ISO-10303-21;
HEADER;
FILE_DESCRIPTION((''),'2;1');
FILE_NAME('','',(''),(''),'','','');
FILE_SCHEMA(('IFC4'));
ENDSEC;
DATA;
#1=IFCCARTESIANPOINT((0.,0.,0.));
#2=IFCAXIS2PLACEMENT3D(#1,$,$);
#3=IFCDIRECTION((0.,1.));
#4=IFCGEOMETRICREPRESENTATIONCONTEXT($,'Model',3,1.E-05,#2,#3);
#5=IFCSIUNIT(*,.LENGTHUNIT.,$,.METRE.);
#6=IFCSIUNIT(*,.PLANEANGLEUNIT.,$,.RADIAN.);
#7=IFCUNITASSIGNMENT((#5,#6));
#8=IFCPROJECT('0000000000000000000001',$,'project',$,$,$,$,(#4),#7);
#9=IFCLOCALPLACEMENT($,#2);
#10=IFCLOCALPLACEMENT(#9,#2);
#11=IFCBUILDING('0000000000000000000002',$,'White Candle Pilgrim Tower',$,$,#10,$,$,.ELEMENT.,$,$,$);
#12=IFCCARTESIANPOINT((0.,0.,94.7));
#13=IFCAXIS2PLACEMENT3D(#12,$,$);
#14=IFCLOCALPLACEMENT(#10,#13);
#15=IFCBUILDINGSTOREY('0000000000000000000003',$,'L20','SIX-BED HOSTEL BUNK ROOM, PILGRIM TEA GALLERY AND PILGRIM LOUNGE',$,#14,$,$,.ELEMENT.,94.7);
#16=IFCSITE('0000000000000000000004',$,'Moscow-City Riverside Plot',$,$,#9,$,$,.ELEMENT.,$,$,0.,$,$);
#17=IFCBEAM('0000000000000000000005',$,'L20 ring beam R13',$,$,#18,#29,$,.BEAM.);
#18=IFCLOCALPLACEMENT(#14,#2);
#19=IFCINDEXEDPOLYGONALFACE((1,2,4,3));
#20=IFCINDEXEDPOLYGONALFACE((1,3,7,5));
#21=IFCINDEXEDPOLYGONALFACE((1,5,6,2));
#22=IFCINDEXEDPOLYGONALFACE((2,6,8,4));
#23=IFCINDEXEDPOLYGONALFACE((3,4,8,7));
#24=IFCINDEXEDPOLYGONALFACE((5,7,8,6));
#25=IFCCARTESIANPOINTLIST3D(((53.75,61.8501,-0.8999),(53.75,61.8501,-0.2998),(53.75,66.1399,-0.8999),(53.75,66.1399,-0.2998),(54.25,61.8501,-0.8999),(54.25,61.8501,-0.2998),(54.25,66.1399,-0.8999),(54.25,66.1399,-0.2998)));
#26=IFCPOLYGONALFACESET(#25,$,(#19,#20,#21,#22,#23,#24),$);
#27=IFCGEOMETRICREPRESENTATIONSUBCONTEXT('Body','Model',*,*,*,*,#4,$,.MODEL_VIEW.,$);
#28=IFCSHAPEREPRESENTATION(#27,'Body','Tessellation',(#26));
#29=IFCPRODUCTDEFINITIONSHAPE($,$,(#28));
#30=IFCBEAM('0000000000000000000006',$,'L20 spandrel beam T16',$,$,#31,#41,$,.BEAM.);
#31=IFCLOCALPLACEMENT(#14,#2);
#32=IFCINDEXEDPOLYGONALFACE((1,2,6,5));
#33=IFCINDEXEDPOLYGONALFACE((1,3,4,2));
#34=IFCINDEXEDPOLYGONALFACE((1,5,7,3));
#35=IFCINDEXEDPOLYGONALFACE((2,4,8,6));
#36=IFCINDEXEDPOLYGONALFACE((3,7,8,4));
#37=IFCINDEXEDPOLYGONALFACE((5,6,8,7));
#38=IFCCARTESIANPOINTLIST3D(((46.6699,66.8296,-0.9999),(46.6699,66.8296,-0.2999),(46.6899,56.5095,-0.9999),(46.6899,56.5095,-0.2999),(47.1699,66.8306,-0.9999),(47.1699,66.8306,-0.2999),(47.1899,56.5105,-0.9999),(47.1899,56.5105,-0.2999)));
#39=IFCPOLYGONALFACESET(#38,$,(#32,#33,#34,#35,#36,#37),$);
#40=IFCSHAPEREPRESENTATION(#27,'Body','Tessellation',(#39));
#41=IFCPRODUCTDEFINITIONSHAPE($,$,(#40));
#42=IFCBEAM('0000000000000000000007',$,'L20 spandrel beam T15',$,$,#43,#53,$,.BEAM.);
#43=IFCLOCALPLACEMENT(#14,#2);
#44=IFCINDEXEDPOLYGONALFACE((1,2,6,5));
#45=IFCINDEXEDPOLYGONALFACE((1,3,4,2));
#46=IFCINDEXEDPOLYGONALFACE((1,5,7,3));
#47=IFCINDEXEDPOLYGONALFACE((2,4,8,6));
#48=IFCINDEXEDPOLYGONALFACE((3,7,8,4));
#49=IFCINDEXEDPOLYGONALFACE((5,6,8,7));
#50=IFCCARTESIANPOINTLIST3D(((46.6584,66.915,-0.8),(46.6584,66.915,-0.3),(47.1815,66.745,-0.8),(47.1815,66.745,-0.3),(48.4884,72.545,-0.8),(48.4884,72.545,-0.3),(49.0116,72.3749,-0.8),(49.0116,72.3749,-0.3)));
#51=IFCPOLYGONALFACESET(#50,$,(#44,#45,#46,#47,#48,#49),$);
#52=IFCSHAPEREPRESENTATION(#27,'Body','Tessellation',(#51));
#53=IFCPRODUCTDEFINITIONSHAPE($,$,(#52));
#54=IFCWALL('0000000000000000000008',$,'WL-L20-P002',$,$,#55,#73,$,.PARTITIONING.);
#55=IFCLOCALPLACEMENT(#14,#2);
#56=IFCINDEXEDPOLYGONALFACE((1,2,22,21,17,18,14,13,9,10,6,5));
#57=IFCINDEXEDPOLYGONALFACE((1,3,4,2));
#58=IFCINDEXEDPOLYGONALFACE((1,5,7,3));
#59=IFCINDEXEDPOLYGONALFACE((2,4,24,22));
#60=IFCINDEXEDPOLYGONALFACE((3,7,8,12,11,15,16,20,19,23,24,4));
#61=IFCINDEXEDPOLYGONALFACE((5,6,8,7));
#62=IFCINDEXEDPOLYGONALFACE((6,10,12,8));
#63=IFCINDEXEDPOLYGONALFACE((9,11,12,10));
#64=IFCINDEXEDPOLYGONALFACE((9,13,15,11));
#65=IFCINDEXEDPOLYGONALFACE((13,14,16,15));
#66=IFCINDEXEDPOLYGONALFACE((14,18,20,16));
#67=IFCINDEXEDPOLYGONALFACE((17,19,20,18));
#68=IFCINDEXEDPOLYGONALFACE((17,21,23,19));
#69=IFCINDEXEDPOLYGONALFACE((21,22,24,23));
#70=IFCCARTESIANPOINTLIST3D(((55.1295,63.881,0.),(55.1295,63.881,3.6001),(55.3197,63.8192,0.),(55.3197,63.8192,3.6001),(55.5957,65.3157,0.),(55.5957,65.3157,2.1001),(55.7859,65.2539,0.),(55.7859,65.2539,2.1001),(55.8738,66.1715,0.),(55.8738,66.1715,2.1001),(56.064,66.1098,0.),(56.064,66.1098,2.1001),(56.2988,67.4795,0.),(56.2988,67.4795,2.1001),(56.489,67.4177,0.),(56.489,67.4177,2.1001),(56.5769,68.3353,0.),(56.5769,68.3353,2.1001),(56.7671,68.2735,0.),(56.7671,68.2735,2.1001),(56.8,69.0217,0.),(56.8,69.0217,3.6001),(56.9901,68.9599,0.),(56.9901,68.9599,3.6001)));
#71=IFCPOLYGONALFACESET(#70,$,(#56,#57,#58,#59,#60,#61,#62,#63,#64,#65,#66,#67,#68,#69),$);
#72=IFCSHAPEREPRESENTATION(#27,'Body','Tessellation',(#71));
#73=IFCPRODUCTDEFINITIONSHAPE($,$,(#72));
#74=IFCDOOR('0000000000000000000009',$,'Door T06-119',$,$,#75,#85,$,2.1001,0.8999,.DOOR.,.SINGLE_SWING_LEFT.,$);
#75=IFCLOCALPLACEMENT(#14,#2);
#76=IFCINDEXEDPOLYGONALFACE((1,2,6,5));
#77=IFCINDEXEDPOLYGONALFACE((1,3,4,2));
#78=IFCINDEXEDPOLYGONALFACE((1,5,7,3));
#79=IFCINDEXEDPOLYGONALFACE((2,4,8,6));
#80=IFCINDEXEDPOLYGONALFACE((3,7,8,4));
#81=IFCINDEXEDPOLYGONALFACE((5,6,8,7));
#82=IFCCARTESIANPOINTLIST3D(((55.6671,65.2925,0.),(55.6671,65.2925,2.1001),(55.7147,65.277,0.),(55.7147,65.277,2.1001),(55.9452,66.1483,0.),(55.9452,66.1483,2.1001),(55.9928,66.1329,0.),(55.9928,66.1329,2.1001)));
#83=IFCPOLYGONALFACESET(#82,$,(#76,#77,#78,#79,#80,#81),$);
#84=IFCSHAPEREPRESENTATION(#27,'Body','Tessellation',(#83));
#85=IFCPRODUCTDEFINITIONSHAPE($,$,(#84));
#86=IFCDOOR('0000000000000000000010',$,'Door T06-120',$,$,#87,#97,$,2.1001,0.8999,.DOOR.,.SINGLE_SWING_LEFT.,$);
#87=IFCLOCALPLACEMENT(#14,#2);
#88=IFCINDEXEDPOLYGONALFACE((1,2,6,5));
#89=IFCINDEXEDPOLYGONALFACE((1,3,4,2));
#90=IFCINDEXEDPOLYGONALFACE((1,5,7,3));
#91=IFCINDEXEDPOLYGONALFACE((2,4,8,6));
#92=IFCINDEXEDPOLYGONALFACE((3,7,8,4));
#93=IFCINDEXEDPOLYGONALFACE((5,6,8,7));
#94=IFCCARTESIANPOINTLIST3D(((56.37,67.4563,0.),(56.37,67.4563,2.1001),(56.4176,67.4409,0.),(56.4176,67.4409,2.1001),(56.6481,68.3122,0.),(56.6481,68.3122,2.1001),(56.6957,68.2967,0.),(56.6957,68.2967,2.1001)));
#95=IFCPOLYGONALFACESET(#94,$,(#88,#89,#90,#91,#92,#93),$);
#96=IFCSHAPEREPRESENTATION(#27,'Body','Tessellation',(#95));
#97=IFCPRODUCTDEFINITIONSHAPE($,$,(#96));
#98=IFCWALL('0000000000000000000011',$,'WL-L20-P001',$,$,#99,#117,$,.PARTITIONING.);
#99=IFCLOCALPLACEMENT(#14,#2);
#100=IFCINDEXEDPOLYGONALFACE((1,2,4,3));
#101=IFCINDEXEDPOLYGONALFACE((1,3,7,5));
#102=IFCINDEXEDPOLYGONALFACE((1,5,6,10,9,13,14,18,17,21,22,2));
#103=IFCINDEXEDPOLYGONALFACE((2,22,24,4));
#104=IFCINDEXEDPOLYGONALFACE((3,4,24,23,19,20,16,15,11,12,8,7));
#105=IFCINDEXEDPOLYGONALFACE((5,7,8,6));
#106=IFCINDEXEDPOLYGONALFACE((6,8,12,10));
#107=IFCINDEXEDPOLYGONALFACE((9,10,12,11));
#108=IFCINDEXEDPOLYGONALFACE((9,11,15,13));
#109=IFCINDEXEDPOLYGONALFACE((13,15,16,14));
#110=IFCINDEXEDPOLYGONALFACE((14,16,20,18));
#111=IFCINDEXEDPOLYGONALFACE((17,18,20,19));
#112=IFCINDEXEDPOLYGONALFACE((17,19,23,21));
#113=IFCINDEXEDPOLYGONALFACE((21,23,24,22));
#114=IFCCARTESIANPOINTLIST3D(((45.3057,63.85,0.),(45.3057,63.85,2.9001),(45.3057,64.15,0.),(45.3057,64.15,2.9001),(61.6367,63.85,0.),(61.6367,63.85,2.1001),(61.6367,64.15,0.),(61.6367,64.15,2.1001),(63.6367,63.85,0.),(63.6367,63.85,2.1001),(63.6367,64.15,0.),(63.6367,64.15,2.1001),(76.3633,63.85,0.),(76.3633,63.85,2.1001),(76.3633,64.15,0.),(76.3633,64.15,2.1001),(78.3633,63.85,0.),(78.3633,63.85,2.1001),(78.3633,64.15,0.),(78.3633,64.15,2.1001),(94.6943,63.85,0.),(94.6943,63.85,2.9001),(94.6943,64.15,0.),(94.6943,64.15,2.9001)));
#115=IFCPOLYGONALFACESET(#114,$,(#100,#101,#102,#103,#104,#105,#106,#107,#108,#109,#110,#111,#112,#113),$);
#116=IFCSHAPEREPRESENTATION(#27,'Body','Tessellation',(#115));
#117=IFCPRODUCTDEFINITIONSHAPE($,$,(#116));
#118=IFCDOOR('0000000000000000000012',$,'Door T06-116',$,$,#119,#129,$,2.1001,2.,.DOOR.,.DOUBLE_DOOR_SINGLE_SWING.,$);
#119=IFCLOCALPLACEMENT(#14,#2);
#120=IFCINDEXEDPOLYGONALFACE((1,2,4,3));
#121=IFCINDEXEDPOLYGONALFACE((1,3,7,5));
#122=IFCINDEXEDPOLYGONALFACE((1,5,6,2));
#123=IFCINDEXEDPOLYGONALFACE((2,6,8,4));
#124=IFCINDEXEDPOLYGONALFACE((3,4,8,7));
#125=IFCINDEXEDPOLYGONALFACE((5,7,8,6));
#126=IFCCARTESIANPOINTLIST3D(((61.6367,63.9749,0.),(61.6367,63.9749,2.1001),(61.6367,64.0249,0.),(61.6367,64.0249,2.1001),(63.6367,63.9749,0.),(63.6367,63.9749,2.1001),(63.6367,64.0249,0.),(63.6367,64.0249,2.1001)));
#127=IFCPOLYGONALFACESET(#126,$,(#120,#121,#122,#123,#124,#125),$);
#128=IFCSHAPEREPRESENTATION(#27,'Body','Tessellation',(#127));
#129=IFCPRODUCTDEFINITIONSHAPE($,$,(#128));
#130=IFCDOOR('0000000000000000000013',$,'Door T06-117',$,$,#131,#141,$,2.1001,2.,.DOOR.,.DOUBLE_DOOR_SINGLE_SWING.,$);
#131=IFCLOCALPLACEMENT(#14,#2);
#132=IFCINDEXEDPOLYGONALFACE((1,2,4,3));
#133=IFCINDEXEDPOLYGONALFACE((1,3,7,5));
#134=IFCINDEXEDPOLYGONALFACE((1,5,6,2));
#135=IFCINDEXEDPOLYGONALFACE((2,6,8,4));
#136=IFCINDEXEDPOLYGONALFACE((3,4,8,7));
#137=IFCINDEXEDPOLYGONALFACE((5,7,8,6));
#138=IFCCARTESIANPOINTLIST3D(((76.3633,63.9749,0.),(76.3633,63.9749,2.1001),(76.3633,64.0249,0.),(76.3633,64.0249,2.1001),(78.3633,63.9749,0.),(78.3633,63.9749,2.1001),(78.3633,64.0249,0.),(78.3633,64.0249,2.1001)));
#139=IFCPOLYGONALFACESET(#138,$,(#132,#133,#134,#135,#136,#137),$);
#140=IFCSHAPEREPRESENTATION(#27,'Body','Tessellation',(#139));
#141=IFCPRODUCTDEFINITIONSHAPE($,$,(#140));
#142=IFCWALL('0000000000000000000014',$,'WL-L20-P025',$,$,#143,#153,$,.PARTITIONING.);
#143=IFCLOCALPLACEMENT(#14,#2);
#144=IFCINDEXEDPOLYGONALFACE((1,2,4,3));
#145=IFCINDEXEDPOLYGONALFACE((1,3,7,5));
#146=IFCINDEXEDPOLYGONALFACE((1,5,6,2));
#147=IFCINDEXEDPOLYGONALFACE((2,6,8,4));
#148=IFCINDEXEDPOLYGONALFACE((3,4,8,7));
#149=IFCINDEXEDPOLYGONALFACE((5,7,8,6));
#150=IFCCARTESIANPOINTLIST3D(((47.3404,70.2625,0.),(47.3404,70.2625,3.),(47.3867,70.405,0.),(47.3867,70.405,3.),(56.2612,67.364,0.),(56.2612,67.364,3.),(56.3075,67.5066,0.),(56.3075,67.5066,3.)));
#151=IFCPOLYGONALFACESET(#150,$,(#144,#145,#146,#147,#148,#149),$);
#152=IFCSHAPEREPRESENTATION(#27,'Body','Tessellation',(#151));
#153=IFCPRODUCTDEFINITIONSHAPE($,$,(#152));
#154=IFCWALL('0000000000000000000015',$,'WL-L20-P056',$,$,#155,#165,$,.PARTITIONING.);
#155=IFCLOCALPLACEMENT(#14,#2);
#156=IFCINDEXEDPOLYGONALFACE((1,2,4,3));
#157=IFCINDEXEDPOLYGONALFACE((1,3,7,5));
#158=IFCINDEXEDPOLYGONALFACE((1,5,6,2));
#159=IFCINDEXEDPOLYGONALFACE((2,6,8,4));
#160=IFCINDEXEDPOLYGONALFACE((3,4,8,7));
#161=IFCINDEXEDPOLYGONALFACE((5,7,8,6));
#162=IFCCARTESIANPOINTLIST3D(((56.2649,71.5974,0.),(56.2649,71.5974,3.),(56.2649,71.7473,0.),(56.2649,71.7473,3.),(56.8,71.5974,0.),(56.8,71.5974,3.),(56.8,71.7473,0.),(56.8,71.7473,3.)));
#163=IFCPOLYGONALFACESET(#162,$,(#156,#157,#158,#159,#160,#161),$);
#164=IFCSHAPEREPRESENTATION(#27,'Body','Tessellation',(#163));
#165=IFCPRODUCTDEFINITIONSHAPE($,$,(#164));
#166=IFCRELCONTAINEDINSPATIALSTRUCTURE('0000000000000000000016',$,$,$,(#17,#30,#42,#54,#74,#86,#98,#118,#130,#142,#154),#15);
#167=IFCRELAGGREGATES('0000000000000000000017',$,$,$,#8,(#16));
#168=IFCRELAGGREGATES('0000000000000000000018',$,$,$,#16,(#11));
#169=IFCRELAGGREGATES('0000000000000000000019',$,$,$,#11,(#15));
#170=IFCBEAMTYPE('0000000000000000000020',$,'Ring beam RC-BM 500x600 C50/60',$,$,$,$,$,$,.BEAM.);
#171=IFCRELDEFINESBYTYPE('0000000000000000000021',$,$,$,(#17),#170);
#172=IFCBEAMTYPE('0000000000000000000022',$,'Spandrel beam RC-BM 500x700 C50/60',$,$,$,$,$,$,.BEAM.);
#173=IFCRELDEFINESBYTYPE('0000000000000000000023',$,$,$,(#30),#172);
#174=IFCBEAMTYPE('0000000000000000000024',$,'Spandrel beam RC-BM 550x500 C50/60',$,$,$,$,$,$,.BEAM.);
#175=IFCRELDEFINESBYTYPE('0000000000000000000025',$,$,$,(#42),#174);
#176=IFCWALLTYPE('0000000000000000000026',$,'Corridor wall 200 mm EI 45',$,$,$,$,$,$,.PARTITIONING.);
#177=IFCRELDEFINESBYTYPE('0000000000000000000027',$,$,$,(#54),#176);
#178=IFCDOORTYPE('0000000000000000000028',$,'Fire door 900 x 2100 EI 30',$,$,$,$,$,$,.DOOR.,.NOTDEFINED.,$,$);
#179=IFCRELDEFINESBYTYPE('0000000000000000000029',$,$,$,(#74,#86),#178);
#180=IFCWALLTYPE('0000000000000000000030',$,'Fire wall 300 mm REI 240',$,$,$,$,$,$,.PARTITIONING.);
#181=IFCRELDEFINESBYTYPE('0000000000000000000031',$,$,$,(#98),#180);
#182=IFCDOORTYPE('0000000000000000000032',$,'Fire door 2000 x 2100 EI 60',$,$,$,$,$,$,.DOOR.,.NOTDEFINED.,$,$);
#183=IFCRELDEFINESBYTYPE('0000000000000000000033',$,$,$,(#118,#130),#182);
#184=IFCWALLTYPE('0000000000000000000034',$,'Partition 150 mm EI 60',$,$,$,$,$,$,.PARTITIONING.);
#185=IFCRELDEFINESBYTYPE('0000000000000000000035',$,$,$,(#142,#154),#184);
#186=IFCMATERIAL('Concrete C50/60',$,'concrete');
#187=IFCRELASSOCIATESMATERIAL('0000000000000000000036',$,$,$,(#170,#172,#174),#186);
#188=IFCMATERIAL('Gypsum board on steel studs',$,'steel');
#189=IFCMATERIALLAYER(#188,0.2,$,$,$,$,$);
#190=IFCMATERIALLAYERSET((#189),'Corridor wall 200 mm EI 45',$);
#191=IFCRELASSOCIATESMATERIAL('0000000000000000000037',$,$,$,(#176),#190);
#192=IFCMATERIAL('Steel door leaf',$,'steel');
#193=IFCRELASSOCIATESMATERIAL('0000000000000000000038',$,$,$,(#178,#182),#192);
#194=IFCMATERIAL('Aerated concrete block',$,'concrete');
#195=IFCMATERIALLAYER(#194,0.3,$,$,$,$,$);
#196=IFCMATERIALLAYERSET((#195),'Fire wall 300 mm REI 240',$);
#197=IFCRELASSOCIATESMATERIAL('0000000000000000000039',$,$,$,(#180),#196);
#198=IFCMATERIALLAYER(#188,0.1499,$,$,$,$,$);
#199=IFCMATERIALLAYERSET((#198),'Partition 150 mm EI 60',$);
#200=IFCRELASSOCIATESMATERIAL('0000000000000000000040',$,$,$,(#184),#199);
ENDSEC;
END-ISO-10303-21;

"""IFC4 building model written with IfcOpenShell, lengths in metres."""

from ifc_helpers import new_model, si_unit, direction, frame, frame_2d, origin, origin_2d, place, context, subcontext, project, spatial, rectangle, extrude, material, layer, layer_set, material_profile, profile_set, type_object, element, fill, save


model = new_model("IFC4")

# Units and contexts
model_context = context("Model", 3, precision=1e-05, world=origin(), true_north=direction((0.0, 1.0)))
body_context = subcontext(model_context, "Body", "Model", "MODEL_VIEW")
ifc_project = project(units=[si_unit("LENGTHUNIT", "METRE"), si_unit("PLANEANGLEUNIT", "RADIAN")], contexts=[model_context])

# Site, building, storey
site_placement = place(None, origin())
site = spatial("IfcSite", under=ifc_project, at=site_placement, Name="Moscow-City Riverside Plot", CompositionType="ELEMENT", RefElevation=0.0)
building_placement = place(site_placement, origin())
building = spatial("IfcBuilding", under=site, at=building_placement, Name="White Candle Pilgrim Tower", CompositionType="ELEMENT")
storey_placement = place(building_placement, frame((0.0, 0.0, 94.7)))
storey = spatial("IfcBuildingStorey", under=building, at=storey_placement, Name="L20", Description="SIX-BED HOSTEL BUNK ROOM, PILGRIM TEA GALLERY AND PILGRIM LOUNGE", CompositionType="ELEMENT", Elevation=94.7)

# Beams
ifc_material_1 = material(Name="Concrete C50/60", Category="concrete")
ifc_material_profile_1 = material_profile(ifc_material_1, rectangle(XDim=0.5, YDim=0.6001, at=origin_2d()), Name="RC-BM 500x600")
ifc_profile_set_1 = profile_set([ifc_material_profile_1], Name="Concrete C50/60")
beam_type_1 = type_object("IfcBeamType", Name="Ring beam RC-BM 500x600 C50/60", PredefinedType="BEAM", material=ifc_profile_set_1)
beam_1_placement = place(storey_placement, frame((54.0, 66.1399, -0.5999), z_axis=(0.0, -1.0, 0.0), x_axis=(1.0, 0.0, 0.0)))
element("IfcBeam", 1, at=beam_1_placement, inside=storey, type_object=beam_type_1, Name="L20 ring beam R13", PredefinedType="BEAM", context=body_context, shape_type="SweptSolid", body=[
    extrude(rectangle(XDim=0.5, YDim=0.6001, at=origin_2d()), origin(), (0.0, 0.0, 1.0), 4.2898),
])
ifc_material_profile_2 = material_profile(ifc_material_1, rectangle(XDim=0.5, YDim=0.7, at=origin_2d()), Name="RC-BM 500x700")
ifc_profile_set_2 = profile_set([ifc_material_profile_2], Name="Concrete C50/60")
beam_type_2 = type_object("IfcBeamType", Name="Spandrel beam RC-BM 500x700 C50/60", PredefinedType="BEAM", material=ifc_profile_set_2)
beam_2_placement = place(storey_placement, frame((46.9199, 66.8301, -0.6499), z_axis=(0.00194, -0.999998, 0.0), x_axis=(0.999998, 0.00194, 0.0)))
element("IfcBeam", 2, at=beam_2_placement, inside=storey, type_object=beam_type_2, Name="L20 spandrel beam T16", PredefinedType="BEAM", context=body_context, shape_type="SweptSolid", body=[
    extrude(rectangle(XDim=0.5, YDim=0.7, at=origin_2d()), origin(), (0.0, 0.0, 1.0), 10.3201),
])
ifc_material_profile_3 = material_profile(ifc_material_1, rectangle(XDim=0.55, YDim=0.5, at=origin_2d()), Name="RC-BM 550x500")
ifc_profile_set_3 = profile_set([ifc_material_profile_3], Name="Concrete C50/60")
beam_type_3 = type_object("IfcBeamType", Name="Spandrel beam RC-BM 550x500 C50/60", PredefinedType="BEAM", material=ifc_profile_set_3)
beam_3_placement = place(storey_placement, frame((48.75, 72.46, -0.55), z_axis=(-0.309142, -0.951016, 0.0), x_axis=(0.951016, -0.309142, 0.0)))
element("IfcBeam", 3, at=beam_3_placement, inside=storey, type_object=beam_type_3, Name="L20 spandrel beam T15", PredefinedType="BEAM", context=body_context, shape_type="SweptSolid", body=[
    extrude(rectangle(XDim=0.55, YDim=0.5, at=origin_2d()), origin(), (0.0, 0.0, 1.0), 5.9199),
])

# Walls, openings, doors
ifc_material_2 = material(Name="Gypsum board on steel studs", Category="steel")
ifc_layer_1 = layer(ifc_material_2, 0.2)
ifc_layer_set_1 = layer_set([ifc_layer_1], Name="Corridor wall 200 mm EI 45")
wall_type_1 = type_object("IfcWallType", Name="Corridor wall 200 mm EI 45", PredefinedType="PARTITIONING", material=ifc_layer_set_1)
wall_1_placement = place(storey_placement, frame((55.2246, 63.8501, 0.0), z_axis=(0.0, 0.0, 1.0), x_axis=(0.309037, 0.95105, 0.0)))
wall_1 = element("IfcWall", 4, at=wall_1_placement, inside=storey, type_object=wall_type_1, Name="WL-L20-P002", PredefinedType="PARTITIONING", context=body_context, shape_type="SweptSolid", body=[
    extrude(rectangle(XDim=5.4053, YDim=0.2, at=frame_2d((2.7026, 0.0))), origin(), (0.0, 0.0, 1.0), 3.6001),
])
opening_1_placement = place(wall_1_placement, frame((1.5085, 0.0, 0.0)))
opening_1 = element("IfcOpeningElement", 5, at=opening_1_placement, cuts=wall_1, PredefinedType="OPENING", context=body_context, shape_type="SweptSolid", body=[
    extrude(rectangle(XDim=0.8999, YDim=2.1001, at=frame_2d((0.45, 1.05))), frame((0.0, 0.1099, 0.0), z_axis=(0.0, -1.0, 0.0), x_axis=(1.0, 0.0, 0.0)), (0.0, 0.0, 1.0), 0.22),
])
opening_2_placement = place(wall_1_placement, frame((3.7837, 0.0, 0.0)))
opening_2 = element("IfcOpeningElement", 6, at=opening_2_placement, cuts=wall_1, PredefinedType="OPENING", context=body_context, shape_type="SweptSolid", body=[
    extrude(rectangle(XDim=0.8999, YDim=2.1001, at=frame_2d((0.45, 1.05))), frame((0.0, 0.1099, 0.0), z_axis=(0.0, -1.0, 0.0), x_axis=(1.0, 0.0, 0.0)), (0.0, 0.0, 1.0), 0.22),
])
ifc_material_3 = material(Name="Steel door leaf", Category="steel")
door_type_1 = type_object("IfcDoorType", Name="Fire door 900 x 2100 EI 30", OperationType="NOTDEFINED", PredefinedType="DOOR", material=ifc_material_3)
door_1_placement = place(opening_1_placement, origin())
door_1 = element("IfcDoor", 7, at=door_1_placement, inside=storey, type_object=door_type_1, Name="Door T06-119", OperationType="SINGLE_SWING_LEFT", OverallHeight=2.1001, OverallWidth=0.8999, PredefinedType="DOOR", context=body_context, shape_type="SweptSolid", body=[
    extrude(rectangle(XDim=0.8999, YDim=2.1001, at=frame_2d((0.45, 1.05))), frame((0.0, 0.0249, 0.0), z_axis=(0.0, -1.0, 0.0), x_axis=(1.0, 0.0, 0.0)), (0.0, 0.0, 1.0), 0.05),
])
fill(opening_1, door_1)
door_2_placement = place(opening_2_placement, frame((0.8999, 0.0, 0.0), z_axis=(0.0, 0.0, 1.0), x_axis=(-1.0, 0.0, 0.0)))
door_2 = element("IfcDoor", 8, at=door_2_placement, inside=storey, type_object=door_type_1, Name="Door T06-120", OperationType="SINGLE_SWING_LEFT", OverallHeight=2.1001, OverallWidth=0.8999, PredefinedType="DOOR", context=body_context, shape_type="SweptSolid", body=[
    extrude(rectangle(XDim=0.8999, YDim=2.1001, at=frame_2d((0.45, 1.05))), frame((0.0, 0.0249, 0.0), z_axis=(0.0, -1.0, 0.0), x_axis=(1.0, 0.0, 0.0)), (0.0, 0.0, 1.0), 0.05),
])
fill(opening_2, door_2)
ifc_material_4 = material(Name="Aerated concrete block", Category="concrete")
ifc_layer_2 = layer(ifc_material_4, 0.3)
ifc_layer_set_2 = layer_set([ifc_layer_2], Name="Fire wall 300 mm REI 240")
wall_type_2 = type_object("IfcWallType", Name="Fire wall 300 mm REI 240", PredefinedType="PARTITIONING", material=ifc_layer_set_2)
wall_2_placement = place(storey_placement, frame((45.3057, 64.0, 0.0), z_axis=(0.0, 0.0, 1.0), x_axis=(1.0, 0.0, 0.0)))
wall_2 = element("IfcWall", 9, at=wall_2_placement, inside=storey, type_object=wall_type_2, Name="WL-L20-P001", PredefinedType="PARTITIONING", context=body_context, shape_type="SweptSolid", body=[
    extrude(rectangle(XDim=49.3887, YDim=0.3, at=frame_2d((24.6943, 0.0))), origin(), (0.0, 0.0, 1.0), 2.9001),
])
opening_3_placement = place(wall_2_placement, frame((16.3311, 0.0, 0.0)))
opening_3 = element("IfcOpeningElement", 10, at=opening_3_placement, cuts=wall_2, PredefinedType="OPENING", context=body_context, shape_type="SweptSolid", body=[
    extrude(rectangle(XDim=2.0, YDim=2.1001, at=frame_2d((1.0, 1.05))), frame((0.0, 0.1599, 0.0), z_axis=(0.0, -1.0, 0.0), x_axis=(1.0, 0.0, 0.0)), (0.0, 0.0, 1.0), 0.3201),
])
opening_4_placement = place(wall_2_placement, frame((31.0576, 0.0, 0.0)))
opening_4 = element("IfcOpeningElement", 11, at=opening_4_placement, cuts=wall_2, PredefinedType="OPENING", context=body_context, shape_type="SweptSolid", body=[
    extrude(rectangle(XDim=2.0, YDim=2.1001, at=frame_2d((1.0, 1.05))), frame((0.0, 0.1599, 0.0), z_axis=(0.0, -1.0, 0.0), x_axis=(1.0, 0.0, 0.0)), (0.0, 0.0, 1.0), 0.3201),
])
door_type_2 = type_object("IfcDoorType", Name="Fire door 2000 x 2100 EI 60", OperationType="NOTDEFINED", PredefinedType="DOOR", material=ifc_material_3)
door_3_placement = place(opening_3_placement, origin())
door_3 = element("IfcDoor", 12, at=door_3_placement, inside=storey, type_object=door_type_2, Name="Door T06-116", OperationType="DOUBLE_DOOR_SINGLE_SWING", OverallHeight=2.1001, OverallWidth=2.0, PredefinedType="DOOR", context=body_context, shape_type="SweptSolid", body=[
    extrude(rectangle(XDim=2.0, YDim=2.1001, at=frame_2d((1.0, 1.05))), frame((0.0, 0.0249, 0.0), z_axis=(0.0, -1.0, 0.0), x_axis=(1.0, 0.0, 0.0)), (0.0, 0.0, 1.0), 0.05),
])
fill(opening_3, door_3)
door_4_placement = place(opening_4_placement, origin())
door_4 = element("IfcDoor", 13, at=door_4_placement, inside=storey, type_object=door_type_2, Name="Door T06-117", OperationType="DOUBLE_DOOR_SINGLE_SWING", OverallHeight=2.1001, OverallWidth=2.0, PredefinedType="DOOR", context=body_context, shape_type="SweptSolid", body=[
    extrude(rectangle(XDim=2.0, YDim=2.1001, at=frame_2d((1.0, 1.05))), frame((0.0, 0.0249, 0.0), z_axis=(0.0, -1.0, 0.0), x_axis=(1.0, 0.0, 0.0)), (0.0, 0.0, 1.0), 0.05),
])
fill(opening_4, door_4)

# Walls
ifc_layer_3 = layer(ifc_material_2, 0.1499)
ifc_layer_set_3 = layer_set([ifc_layer_3], Name="Partition 150 mm EI 60")
wall_type_3 = type_object("IfcWallType", Name="Partition 150 mm EI 60", PredefinedType="PARTITIONING", material=ifc_layer_set_3)
wall_3_placement = place(storey_placement, frame((47.3635, 70.3337, 0.0), z_axis=(0.0, 0.0, 1.0), x_axis=(0.951061, -0.309004, 0.0)))
element("IfcWall", 14, at=wall_3_placement, inside=storey, type_object=wall_type_3, Name="WL-L20-P025", PredefinedType="PARTITIONING", context=body_context, shape_type="SweptSolid", body=[
    extrude(rectangle(XDim=9.3799, YDim=0.1499, at=frame_2d((4.6899, 0.0))), origin(), (0.0, 0.0, 1.0), 3.0),
])
wall_4_placement = place(storey_placement, frame((56.2649, 71.6724, 0.0), z_axis=(0.0, 0.0, 1.0), x_axis=(1.0, 0.0, 0.0)))
element("IfcWall", 15, at=wall_4_placement, inside=storey, type_object=wall_type_3, Name="WL-L20-P056", PredefinedType="PARTITIONING", context=body_context, shape_type="SweptSolid", body=[
    extrude(rectangle(XDim=0.5352, YDim=0.1499, at=frame_2d((0.2676, 0.0))), origin(), (0.0, 0.0, 1.0), 3.0),
])

save(model, "model.ifc")
